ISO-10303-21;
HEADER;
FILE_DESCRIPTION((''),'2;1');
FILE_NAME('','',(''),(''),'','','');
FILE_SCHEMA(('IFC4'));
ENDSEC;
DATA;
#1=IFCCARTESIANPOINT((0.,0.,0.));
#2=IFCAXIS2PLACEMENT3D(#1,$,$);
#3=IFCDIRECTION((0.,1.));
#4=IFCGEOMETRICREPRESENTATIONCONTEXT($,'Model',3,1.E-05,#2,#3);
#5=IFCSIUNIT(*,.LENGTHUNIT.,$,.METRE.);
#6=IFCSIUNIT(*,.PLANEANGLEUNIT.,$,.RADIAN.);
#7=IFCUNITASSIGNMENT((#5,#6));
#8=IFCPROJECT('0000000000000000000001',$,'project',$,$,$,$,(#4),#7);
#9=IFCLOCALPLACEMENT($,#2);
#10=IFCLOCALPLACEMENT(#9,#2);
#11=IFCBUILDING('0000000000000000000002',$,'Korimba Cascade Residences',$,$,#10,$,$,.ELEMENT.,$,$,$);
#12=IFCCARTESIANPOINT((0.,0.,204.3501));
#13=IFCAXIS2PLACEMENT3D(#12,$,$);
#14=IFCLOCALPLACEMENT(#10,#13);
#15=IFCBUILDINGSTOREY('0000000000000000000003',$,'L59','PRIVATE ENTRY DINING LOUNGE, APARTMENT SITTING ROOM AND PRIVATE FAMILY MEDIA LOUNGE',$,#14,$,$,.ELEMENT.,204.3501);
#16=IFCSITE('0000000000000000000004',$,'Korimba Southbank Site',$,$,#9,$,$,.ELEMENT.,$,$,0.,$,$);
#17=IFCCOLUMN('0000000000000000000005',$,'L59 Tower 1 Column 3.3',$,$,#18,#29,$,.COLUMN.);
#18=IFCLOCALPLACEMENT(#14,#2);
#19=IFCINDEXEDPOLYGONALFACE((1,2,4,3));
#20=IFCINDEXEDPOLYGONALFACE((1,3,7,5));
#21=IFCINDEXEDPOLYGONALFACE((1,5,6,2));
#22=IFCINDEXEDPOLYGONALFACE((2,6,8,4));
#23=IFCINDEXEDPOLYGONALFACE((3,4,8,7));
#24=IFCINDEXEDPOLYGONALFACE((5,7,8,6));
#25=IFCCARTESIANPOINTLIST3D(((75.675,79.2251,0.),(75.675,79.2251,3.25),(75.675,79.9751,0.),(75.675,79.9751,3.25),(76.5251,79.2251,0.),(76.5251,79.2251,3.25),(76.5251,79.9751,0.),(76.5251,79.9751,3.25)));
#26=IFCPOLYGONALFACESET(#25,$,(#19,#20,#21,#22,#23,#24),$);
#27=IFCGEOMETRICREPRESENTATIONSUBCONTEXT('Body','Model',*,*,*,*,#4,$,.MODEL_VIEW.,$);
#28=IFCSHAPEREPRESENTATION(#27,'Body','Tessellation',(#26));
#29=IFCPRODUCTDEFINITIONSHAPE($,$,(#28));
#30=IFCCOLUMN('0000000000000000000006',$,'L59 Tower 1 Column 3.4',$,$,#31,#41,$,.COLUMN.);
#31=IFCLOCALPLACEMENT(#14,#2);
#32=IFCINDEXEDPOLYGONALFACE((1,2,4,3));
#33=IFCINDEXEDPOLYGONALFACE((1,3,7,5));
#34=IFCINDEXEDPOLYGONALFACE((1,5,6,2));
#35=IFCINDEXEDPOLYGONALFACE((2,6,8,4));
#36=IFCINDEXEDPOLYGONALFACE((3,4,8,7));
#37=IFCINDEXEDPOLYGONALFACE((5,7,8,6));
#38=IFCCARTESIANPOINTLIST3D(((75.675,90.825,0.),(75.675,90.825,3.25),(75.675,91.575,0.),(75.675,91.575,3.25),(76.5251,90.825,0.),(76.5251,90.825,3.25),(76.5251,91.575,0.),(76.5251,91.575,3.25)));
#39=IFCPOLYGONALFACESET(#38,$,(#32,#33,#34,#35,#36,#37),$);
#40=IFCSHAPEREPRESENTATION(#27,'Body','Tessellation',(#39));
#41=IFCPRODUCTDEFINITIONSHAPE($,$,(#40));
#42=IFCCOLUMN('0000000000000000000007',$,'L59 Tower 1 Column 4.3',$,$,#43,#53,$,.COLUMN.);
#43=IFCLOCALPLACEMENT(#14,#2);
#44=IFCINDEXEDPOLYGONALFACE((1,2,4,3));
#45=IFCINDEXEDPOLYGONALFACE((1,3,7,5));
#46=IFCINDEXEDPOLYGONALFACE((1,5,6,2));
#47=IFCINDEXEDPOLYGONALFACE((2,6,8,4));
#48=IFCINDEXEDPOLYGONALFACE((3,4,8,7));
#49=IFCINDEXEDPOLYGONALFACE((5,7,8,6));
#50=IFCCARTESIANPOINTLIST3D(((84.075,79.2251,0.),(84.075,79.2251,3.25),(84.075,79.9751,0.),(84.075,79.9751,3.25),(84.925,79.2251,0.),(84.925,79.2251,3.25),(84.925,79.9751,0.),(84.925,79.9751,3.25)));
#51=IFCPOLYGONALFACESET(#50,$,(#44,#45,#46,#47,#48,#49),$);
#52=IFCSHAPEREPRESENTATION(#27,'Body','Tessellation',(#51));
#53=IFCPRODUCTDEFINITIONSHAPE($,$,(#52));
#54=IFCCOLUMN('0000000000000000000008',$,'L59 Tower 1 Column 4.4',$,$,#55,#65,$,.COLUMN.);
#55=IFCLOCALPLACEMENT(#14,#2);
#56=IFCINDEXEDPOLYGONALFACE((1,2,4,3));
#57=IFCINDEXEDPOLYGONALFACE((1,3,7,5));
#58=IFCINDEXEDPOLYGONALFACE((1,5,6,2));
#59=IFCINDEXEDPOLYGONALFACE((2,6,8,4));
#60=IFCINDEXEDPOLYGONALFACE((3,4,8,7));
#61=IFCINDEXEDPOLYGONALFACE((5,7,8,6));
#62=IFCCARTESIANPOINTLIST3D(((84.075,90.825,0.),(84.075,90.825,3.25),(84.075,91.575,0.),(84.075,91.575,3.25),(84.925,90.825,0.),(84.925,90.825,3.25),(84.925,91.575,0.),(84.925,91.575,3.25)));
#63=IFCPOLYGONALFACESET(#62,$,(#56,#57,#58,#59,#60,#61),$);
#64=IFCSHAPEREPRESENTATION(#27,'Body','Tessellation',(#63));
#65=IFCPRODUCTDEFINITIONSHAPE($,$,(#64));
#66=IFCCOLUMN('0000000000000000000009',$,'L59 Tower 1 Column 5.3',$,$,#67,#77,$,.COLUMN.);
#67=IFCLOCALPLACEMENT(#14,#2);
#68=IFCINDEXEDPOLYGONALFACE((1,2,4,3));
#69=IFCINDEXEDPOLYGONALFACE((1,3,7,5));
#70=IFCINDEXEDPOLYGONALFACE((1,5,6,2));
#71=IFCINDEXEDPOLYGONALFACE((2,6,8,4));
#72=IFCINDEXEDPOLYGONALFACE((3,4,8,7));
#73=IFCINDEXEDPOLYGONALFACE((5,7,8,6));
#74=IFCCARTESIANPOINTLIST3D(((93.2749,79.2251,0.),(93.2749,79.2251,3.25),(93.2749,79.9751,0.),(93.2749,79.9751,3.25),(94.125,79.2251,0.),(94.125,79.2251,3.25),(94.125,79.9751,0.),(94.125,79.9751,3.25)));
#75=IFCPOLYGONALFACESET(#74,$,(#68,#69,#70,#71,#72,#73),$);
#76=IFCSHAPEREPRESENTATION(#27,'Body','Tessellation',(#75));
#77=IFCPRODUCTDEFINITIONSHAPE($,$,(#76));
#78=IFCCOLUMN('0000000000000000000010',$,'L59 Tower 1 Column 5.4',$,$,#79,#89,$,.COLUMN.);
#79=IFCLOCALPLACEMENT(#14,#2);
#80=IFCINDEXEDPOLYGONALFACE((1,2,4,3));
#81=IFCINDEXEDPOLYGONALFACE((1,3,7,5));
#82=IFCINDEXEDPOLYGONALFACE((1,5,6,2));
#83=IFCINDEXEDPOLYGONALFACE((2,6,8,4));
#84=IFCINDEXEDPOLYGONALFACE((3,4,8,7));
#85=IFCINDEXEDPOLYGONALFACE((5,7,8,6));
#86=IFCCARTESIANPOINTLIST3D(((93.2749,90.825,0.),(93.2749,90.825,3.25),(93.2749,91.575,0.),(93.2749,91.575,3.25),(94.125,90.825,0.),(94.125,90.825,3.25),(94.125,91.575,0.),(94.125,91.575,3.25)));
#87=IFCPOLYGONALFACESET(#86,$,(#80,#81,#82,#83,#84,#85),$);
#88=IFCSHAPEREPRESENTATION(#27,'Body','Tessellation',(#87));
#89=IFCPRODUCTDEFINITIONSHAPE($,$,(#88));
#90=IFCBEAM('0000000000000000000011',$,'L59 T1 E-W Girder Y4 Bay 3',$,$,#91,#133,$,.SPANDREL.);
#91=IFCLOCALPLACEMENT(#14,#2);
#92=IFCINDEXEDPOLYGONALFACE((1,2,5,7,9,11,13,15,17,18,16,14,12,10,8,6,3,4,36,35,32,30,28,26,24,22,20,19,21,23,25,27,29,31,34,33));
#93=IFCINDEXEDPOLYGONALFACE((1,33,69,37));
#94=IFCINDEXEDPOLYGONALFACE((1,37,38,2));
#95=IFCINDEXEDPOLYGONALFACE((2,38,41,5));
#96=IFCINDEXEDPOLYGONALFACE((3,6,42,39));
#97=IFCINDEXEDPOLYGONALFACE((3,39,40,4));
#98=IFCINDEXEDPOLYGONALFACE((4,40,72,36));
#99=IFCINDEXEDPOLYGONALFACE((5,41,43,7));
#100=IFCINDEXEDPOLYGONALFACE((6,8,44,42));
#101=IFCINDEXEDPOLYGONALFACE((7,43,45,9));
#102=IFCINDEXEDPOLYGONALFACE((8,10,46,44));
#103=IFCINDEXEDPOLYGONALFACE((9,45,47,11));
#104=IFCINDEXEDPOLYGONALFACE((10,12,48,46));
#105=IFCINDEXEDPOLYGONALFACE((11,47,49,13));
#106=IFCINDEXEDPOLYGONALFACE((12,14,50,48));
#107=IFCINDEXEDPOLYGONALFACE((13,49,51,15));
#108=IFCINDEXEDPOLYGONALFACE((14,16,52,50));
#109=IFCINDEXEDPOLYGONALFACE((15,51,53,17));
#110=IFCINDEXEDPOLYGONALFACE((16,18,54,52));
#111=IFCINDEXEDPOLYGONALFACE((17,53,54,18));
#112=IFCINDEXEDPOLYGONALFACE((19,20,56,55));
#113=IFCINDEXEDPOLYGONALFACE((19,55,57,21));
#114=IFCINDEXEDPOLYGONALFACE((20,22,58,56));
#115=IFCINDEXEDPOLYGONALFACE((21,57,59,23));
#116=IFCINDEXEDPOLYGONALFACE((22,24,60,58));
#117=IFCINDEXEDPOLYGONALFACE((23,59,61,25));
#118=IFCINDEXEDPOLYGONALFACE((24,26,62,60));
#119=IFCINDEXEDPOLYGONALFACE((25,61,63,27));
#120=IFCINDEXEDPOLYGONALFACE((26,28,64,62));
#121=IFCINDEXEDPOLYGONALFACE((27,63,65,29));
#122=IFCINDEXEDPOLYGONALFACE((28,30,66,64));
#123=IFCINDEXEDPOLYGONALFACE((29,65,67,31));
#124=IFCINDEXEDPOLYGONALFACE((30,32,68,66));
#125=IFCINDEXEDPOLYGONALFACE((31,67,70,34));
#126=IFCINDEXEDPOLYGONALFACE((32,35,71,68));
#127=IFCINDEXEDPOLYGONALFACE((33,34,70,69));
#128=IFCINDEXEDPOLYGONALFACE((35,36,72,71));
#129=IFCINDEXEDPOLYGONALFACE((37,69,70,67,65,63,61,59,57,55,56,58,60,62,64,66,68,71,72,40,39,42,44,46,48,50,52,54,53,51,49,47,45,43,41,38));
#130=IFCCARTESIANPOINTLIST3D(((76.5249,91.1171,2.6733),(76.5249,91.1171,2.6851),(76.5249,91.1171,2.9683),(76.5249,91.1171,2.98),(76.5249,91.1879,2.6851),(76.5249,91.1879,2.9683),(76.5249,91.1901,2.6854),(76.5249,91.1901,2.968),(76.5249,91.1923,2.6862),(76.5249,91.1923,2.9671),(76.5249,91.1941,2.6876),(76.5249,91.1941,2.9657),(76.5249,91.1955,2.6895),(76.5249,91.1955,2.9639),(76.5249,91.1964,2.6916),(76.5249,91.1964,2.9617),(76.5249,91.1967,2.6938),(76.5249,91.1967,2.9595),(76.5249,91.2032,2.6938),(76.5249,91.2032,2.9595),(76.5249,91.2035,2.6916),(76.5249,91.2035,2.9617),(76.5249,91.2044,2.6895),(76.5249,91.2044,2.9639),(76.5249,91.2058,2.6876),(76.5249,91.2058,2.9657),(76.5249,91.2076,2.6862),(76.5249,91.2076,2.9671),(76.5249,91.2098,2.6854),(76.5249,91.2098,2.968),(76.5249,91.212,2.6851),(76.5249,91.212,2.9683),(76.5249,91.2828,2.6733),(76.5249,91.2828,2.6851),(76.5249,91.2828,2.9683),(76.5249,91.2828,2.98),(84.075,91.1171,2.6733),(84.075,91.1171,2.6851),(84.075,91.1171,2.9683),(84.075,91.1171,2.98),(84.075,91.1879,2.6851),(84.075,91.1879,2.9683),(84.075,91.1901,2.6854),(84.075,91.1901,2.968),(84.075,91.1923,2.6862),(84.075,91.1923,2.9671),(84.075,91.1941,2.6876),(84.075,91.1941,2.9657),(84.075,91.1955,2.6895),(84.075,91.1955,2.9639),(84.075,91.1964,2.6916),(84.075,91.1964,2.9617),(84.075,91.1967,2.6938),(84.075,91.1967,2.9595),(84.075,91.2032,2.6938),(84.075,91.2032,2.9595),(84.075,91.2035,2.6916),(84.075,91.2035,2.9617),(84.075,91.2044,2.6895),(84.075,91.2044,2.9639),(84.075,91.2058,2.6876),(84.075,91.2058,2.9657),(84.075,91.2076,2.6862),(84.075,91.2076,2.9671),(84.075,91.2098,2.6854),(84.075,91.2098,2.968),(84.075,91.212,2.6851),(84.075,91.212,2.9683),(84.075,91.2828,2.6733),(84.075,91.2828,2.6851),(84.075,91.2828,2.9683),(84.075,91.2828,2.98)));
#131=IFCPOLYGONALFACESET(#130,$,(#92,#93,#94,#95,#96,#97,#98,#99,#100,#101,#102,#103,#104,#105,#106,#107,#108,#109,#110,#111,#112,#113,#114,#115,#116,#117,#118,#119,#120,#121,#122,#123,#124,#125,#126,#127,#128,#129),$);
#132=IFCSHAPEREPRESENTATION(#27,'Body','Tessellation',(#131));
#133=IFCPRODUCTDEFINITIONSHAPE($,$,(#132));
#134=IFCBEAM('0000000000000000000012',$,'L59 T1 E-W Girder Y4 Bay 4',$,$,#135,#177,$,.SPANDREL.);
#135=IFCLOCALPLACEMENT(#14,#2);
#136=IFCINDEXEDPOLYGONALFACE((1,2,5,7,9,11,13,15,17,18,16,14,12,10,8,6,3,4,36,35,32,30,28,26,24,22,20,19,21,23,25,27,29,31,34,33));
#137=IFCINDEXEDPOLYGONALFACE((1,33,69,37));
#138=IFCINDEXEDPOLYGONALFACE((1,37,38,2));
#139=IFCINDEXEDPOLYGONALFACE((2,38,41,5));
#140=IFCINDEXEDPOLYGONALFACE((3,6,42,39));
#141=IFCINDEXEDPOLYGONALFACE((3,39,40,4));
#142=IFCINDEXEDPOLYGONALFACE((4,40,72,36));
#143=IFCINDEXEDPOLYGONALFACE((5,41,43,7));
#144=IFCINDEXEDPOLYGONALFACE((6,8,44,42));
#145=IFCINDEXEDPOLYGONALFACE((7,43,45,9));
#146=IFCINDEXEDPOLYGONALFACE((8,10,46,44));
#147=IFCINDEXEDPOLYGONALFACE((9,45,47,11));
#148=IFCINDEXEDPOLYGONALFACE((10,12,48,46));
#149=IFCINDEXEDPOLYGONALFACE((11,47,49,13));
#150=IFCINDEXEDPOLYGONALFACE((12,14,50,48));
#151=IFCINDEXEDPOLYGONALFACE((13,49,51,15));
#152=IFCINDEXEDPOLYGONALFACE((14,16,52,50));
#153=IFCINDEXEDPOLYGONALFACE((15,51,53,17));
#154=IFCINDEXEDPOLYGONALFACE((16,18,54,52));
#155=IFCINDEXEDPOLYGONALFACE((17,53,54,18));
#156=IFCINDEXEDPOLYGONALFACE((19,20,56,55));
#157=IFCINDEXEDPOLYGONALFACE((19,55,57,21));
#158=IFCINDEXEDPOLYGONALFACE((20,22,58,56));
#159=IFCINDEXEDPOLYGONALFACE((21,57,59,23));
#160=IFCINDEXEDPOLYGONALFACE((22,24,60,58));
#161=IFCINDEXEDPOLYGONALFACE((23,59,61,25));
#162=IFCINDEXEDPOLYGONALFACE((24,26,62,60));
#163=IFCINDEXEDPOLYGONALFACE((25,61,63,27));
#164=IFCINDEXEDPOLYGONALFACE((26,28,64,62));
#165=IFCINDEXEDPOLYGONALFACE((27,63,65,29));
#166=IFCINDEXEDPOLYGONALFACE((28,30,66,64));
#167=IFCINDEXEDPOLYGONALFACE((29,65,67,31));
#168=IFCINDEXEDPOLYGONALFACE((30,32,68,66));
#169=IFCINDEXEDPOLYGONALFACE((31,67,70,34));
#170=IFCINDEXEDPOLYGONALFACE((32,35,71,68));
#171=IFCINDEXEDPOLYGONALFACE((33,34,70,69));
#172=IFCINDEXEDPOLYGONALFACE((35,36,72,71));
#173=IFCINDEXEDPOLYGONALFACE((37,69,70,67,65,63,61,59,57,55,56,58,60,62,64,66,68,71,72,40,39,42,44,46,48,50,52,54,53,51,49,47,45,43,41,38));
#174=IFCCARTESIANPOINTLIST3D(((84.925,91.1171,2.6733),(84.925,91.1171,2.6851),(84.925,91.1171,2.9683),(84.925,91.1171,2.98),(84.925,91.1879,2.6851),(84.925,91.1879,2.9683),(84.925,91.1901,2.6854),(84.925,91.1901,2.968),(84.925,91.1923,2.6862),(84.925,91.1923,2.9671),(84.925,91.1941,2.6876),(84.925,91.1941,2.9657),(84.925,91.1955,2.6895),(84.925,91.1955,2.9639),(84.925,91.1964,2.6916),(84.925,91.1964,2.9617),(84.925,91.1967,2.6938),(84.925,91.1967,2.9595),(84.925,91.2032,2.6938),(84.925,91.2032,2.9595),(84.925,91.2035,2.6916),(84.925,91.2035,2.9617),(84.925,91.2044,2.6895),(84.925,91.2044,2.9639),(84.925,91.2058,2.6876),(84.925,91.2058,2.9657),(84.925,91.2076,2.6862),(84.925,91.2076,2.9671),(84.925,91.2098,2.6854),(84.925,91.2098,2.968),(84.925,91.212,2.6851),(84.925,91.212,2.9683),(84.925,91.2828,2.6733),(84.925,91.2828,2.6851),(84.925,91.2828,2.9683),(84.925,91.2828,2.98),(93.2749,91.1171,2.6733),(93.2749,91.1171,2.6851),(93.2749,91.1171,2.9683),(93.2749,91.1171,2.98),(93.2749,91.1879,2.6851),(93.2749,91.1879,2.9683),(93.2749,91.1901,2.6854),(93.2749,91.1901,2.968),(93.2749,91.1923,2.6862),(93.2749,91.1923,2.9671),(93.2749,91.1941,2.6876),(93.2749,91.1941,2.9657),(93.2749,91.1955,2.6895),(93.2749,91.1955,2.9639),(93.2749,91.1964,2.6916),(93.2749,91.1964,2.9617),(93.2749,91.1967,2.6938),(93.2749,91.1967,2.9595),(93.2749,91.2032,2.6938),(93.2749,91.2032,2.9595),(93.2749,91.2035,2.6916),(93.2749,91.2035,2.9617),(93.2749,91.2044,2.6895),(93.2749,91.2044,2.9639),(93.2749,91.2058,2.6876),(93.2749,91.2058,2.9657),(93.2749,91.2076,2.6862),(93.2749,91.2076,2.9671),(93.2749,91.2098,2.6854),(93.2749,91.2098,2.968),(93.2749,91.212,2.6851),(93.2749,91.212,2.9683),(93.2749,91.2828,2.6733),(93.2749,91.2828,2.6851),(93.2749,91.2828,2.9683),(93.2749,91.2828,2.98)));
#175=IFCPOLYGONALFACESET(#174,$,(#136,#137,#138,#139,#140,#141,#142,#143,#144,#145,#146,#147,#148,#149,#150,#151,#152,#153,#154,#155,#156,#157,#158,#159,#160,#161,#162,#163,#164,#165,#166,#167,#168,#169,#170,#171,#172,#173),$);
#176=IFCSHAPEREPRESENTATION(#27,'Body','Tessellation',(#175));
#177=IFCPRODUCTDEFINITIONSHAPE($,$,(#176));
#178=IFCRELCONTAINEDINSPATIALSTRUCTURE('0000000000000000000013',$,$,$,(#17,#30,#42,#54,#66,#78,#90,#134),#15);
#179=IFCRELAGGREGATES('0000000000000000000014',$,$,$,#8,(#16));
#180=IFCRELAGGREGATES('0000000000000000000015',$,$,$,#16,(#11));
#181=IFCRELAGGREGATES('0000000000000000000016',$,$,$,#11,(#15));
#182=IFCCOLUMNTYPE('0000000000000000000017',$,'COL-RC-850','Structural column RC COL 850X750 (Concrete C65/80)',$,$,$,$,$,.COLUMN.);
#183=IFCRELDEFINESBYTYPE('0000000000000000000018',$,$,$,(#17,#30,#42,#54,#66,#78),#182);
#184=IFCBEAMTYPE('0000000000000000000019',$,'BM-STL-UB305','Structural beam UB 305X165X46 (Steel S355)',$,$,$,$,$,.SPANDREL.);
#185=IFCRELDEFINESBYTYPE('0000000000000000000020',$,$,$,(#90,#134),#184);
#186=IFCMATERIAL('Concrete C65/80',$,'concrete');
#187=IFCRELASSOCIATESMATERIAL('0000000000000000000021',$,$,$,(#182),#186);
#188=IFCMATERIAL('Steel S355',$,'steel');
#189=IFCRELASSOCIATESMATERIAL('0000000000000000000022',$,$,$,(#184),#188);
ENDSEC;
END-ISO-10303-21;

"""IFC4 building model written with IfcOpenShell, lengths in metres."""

from ifc_helpers import new_model, si_unit, direction, frame, origin, origin_2d, place, context, subcontext, project, spatial, rectangle, i_section, extrude, material, material_profile, profile_set, type_object, element, save


model = new_model("IFC4")

# Units and contexts
model_context = context("Model", 3, precision=1e-05, world=origin(), true_north=direction((0.0, 1.0)))
body_context = subcontext(model_context, "Body", "Model", "MODEL_VIEW")
ifc_project = project(units=[si_unit("LENGTHUNIT", "METRE"), si_unit("PLANEANGLEUNIT", "RADIAN")], contexts=[model_context])

# Site, building, storey
site_placement = place(None, origin())
site = spatial("IfcSite", under=ifc_project, at=site_placement, Name="Korimba Southbank Site", CompositionType="ELEMENT", RefElevation=0.0)
building_placement = place(site_placement, origin())
building = spatial("IfcBuilding", under=site, at=building_placement, Name="Korimba Cascade Residences", CompositionType="ELEMENT")
storey_placement = place(building_placement, frame((0.0, 0.0, 204.3501)))
storey = spatial("IfcBuildingStorey", under=building, at=storey_placement, Name="L59", Description="PRIVATE ENTRY DINING LOUNGE, APARTMENT SITTING ROOM AND PRIVATE FAMILY MEDIA LOUNGE", CompositionType="ELEMENT", Elevation=204.3501)

# Columns
ifc_material_1 = material(Name="Concrete C65/80", Category="concrete")
ifc_material_profile_1 = material_profile(ifc_material_1, rectangle(XDim=0.8501, YDim=0.75, at=origin_2d()), Name="Concrete C65/80")
ifc_profile_set_1 = profile_set([ifc_material_profile_1], Name="Concrete C65/80")
column_type = type_object("IfcColumnType", Name="COL-RC-850", Description="Structural column RC COL 850X750 (Concrete C65/80)", PredefinedType="COLUMN", material=ifc_profile_set_1)
for number, where, z_axis, x_axis, name in (
    (1, (76.1001, 79.6001, 0.0), (0.0, 0.0, 1.0), (1.0, 0.0, 0.0), "L59 Tower 1 Column 3.3"),
    (2, (76.1001, 91.2, 0.0), (0.0, 0.0, 1.0), (1.0, 0.0, 0.0), "L59 Tower 1 Column 3.4"),
    (3, (84.5, 79.6001, 0.0), (0.0, 0.0, 1.0), (1.0, 0.0, 0.0), "L59 Tower 1 Column 4.3"),
    (4, (84.5, 91.2, 0.0), (0.0, 0.0, 1.0), (1.0, 0.0, 0.0), "L59 Tower 1 Column 4.4"),
    (5, (93.7, 79.6001, 0.0), (0.0, 0.0, 1.0), (1.0, 0.0, 0.0), "L59 Tower 1 Column 5.3"),
    (6, (93.7, 91.2, 0.0), (0.0, 0.0, 1.0), (1.0, 0.0, 0.0), "L59 Tower 1 Column 5.4"),
):
    element("IfcColumn", number, at=place(storey_placement, frame(where, z_axis=z_axis, x_axis=x_axis)), inside=storey, type_object=column_type, Name=name, PredefinedType="COLUMN", context=body_context, shape_type="SweptSolid", body=[
        extrude(rectangle(XDim=0.8501, YDim=0.75, at=origin_2d()), origin(), (0.0, 0.0, 1.0), 3.25),
    ])

# Beams
ifc_material_2 = material(Name="Steel S355", Category="steel")
ifc_material_profile_2 = material_profile(ifc_material_2, i_section(OverallWidth=0.1658, OverallDepth=0.3066, WebThickness=0.0066, FlangeThickness=0.0117, FilletRadius=0.0088, at=origin_2d()), Name="Steel S355")
ifc_profile_set_2 = profile_set([ifc_material_profile_2], Name="Steel S355")
beam_type_1 = type_object("IfcBeamType", Name="BM-STL-UB305", Description="Structural beam UB 305X165X46 (Steel S355)", PredefinedType="SPANDREL", material=ifc_profile_set_2)
beam_1_placement = place(storey_placement, frame((76.5249, 91.2, 2.8267), z_axis=(1.0, 0.0, 0.0), x_axis=(0.0, 1.0, 0.0)))
element("IfcBeam", 7, at=beam_1_placement, inside=storey, type_object=beam_type_1, Name="L59 T1 E-W Girder Y4 Bay 3", PredefinedType="SPANDREL", context=body_context, shape_type="SweptSolid", body=[
    extrude(i_section(OverallWidth=0.1658, OverallDepth=0.3066, WebThickness=0.0066, FlangeThickness=0.0117, FilletRadius=0.0088, at=origin_2d()), origin(), (0.0, 0.0, 1.0), 7.55),
])
beam_2_placement = place(storey_placement, frame((84.925, 91.2, 2.8267), z_axis=(1.0, 0.0, 0.0), x_axis=(0.0, 1.0, 0.0)))
element("IfcBeam", 8, at=beam_2_placement, inside=storey, type_object=beam_type_1, Name="L59 T1 E-W Girder Y4 Bay 4", PredefinedType="SPANDREL", context=body_context, shape_type="SweptSolid", body=[
    extrude(i_section(OverallWidth=0.1658, OverallDepth=0.3066, WebThickness=0.0066, FlangeThickness=0.0117, FilletRadius=0.0088, at=origin_2d()), origin(), (0.0, 0.0, 1.0), 8.3499),
])

save(model, "model.ifc")
